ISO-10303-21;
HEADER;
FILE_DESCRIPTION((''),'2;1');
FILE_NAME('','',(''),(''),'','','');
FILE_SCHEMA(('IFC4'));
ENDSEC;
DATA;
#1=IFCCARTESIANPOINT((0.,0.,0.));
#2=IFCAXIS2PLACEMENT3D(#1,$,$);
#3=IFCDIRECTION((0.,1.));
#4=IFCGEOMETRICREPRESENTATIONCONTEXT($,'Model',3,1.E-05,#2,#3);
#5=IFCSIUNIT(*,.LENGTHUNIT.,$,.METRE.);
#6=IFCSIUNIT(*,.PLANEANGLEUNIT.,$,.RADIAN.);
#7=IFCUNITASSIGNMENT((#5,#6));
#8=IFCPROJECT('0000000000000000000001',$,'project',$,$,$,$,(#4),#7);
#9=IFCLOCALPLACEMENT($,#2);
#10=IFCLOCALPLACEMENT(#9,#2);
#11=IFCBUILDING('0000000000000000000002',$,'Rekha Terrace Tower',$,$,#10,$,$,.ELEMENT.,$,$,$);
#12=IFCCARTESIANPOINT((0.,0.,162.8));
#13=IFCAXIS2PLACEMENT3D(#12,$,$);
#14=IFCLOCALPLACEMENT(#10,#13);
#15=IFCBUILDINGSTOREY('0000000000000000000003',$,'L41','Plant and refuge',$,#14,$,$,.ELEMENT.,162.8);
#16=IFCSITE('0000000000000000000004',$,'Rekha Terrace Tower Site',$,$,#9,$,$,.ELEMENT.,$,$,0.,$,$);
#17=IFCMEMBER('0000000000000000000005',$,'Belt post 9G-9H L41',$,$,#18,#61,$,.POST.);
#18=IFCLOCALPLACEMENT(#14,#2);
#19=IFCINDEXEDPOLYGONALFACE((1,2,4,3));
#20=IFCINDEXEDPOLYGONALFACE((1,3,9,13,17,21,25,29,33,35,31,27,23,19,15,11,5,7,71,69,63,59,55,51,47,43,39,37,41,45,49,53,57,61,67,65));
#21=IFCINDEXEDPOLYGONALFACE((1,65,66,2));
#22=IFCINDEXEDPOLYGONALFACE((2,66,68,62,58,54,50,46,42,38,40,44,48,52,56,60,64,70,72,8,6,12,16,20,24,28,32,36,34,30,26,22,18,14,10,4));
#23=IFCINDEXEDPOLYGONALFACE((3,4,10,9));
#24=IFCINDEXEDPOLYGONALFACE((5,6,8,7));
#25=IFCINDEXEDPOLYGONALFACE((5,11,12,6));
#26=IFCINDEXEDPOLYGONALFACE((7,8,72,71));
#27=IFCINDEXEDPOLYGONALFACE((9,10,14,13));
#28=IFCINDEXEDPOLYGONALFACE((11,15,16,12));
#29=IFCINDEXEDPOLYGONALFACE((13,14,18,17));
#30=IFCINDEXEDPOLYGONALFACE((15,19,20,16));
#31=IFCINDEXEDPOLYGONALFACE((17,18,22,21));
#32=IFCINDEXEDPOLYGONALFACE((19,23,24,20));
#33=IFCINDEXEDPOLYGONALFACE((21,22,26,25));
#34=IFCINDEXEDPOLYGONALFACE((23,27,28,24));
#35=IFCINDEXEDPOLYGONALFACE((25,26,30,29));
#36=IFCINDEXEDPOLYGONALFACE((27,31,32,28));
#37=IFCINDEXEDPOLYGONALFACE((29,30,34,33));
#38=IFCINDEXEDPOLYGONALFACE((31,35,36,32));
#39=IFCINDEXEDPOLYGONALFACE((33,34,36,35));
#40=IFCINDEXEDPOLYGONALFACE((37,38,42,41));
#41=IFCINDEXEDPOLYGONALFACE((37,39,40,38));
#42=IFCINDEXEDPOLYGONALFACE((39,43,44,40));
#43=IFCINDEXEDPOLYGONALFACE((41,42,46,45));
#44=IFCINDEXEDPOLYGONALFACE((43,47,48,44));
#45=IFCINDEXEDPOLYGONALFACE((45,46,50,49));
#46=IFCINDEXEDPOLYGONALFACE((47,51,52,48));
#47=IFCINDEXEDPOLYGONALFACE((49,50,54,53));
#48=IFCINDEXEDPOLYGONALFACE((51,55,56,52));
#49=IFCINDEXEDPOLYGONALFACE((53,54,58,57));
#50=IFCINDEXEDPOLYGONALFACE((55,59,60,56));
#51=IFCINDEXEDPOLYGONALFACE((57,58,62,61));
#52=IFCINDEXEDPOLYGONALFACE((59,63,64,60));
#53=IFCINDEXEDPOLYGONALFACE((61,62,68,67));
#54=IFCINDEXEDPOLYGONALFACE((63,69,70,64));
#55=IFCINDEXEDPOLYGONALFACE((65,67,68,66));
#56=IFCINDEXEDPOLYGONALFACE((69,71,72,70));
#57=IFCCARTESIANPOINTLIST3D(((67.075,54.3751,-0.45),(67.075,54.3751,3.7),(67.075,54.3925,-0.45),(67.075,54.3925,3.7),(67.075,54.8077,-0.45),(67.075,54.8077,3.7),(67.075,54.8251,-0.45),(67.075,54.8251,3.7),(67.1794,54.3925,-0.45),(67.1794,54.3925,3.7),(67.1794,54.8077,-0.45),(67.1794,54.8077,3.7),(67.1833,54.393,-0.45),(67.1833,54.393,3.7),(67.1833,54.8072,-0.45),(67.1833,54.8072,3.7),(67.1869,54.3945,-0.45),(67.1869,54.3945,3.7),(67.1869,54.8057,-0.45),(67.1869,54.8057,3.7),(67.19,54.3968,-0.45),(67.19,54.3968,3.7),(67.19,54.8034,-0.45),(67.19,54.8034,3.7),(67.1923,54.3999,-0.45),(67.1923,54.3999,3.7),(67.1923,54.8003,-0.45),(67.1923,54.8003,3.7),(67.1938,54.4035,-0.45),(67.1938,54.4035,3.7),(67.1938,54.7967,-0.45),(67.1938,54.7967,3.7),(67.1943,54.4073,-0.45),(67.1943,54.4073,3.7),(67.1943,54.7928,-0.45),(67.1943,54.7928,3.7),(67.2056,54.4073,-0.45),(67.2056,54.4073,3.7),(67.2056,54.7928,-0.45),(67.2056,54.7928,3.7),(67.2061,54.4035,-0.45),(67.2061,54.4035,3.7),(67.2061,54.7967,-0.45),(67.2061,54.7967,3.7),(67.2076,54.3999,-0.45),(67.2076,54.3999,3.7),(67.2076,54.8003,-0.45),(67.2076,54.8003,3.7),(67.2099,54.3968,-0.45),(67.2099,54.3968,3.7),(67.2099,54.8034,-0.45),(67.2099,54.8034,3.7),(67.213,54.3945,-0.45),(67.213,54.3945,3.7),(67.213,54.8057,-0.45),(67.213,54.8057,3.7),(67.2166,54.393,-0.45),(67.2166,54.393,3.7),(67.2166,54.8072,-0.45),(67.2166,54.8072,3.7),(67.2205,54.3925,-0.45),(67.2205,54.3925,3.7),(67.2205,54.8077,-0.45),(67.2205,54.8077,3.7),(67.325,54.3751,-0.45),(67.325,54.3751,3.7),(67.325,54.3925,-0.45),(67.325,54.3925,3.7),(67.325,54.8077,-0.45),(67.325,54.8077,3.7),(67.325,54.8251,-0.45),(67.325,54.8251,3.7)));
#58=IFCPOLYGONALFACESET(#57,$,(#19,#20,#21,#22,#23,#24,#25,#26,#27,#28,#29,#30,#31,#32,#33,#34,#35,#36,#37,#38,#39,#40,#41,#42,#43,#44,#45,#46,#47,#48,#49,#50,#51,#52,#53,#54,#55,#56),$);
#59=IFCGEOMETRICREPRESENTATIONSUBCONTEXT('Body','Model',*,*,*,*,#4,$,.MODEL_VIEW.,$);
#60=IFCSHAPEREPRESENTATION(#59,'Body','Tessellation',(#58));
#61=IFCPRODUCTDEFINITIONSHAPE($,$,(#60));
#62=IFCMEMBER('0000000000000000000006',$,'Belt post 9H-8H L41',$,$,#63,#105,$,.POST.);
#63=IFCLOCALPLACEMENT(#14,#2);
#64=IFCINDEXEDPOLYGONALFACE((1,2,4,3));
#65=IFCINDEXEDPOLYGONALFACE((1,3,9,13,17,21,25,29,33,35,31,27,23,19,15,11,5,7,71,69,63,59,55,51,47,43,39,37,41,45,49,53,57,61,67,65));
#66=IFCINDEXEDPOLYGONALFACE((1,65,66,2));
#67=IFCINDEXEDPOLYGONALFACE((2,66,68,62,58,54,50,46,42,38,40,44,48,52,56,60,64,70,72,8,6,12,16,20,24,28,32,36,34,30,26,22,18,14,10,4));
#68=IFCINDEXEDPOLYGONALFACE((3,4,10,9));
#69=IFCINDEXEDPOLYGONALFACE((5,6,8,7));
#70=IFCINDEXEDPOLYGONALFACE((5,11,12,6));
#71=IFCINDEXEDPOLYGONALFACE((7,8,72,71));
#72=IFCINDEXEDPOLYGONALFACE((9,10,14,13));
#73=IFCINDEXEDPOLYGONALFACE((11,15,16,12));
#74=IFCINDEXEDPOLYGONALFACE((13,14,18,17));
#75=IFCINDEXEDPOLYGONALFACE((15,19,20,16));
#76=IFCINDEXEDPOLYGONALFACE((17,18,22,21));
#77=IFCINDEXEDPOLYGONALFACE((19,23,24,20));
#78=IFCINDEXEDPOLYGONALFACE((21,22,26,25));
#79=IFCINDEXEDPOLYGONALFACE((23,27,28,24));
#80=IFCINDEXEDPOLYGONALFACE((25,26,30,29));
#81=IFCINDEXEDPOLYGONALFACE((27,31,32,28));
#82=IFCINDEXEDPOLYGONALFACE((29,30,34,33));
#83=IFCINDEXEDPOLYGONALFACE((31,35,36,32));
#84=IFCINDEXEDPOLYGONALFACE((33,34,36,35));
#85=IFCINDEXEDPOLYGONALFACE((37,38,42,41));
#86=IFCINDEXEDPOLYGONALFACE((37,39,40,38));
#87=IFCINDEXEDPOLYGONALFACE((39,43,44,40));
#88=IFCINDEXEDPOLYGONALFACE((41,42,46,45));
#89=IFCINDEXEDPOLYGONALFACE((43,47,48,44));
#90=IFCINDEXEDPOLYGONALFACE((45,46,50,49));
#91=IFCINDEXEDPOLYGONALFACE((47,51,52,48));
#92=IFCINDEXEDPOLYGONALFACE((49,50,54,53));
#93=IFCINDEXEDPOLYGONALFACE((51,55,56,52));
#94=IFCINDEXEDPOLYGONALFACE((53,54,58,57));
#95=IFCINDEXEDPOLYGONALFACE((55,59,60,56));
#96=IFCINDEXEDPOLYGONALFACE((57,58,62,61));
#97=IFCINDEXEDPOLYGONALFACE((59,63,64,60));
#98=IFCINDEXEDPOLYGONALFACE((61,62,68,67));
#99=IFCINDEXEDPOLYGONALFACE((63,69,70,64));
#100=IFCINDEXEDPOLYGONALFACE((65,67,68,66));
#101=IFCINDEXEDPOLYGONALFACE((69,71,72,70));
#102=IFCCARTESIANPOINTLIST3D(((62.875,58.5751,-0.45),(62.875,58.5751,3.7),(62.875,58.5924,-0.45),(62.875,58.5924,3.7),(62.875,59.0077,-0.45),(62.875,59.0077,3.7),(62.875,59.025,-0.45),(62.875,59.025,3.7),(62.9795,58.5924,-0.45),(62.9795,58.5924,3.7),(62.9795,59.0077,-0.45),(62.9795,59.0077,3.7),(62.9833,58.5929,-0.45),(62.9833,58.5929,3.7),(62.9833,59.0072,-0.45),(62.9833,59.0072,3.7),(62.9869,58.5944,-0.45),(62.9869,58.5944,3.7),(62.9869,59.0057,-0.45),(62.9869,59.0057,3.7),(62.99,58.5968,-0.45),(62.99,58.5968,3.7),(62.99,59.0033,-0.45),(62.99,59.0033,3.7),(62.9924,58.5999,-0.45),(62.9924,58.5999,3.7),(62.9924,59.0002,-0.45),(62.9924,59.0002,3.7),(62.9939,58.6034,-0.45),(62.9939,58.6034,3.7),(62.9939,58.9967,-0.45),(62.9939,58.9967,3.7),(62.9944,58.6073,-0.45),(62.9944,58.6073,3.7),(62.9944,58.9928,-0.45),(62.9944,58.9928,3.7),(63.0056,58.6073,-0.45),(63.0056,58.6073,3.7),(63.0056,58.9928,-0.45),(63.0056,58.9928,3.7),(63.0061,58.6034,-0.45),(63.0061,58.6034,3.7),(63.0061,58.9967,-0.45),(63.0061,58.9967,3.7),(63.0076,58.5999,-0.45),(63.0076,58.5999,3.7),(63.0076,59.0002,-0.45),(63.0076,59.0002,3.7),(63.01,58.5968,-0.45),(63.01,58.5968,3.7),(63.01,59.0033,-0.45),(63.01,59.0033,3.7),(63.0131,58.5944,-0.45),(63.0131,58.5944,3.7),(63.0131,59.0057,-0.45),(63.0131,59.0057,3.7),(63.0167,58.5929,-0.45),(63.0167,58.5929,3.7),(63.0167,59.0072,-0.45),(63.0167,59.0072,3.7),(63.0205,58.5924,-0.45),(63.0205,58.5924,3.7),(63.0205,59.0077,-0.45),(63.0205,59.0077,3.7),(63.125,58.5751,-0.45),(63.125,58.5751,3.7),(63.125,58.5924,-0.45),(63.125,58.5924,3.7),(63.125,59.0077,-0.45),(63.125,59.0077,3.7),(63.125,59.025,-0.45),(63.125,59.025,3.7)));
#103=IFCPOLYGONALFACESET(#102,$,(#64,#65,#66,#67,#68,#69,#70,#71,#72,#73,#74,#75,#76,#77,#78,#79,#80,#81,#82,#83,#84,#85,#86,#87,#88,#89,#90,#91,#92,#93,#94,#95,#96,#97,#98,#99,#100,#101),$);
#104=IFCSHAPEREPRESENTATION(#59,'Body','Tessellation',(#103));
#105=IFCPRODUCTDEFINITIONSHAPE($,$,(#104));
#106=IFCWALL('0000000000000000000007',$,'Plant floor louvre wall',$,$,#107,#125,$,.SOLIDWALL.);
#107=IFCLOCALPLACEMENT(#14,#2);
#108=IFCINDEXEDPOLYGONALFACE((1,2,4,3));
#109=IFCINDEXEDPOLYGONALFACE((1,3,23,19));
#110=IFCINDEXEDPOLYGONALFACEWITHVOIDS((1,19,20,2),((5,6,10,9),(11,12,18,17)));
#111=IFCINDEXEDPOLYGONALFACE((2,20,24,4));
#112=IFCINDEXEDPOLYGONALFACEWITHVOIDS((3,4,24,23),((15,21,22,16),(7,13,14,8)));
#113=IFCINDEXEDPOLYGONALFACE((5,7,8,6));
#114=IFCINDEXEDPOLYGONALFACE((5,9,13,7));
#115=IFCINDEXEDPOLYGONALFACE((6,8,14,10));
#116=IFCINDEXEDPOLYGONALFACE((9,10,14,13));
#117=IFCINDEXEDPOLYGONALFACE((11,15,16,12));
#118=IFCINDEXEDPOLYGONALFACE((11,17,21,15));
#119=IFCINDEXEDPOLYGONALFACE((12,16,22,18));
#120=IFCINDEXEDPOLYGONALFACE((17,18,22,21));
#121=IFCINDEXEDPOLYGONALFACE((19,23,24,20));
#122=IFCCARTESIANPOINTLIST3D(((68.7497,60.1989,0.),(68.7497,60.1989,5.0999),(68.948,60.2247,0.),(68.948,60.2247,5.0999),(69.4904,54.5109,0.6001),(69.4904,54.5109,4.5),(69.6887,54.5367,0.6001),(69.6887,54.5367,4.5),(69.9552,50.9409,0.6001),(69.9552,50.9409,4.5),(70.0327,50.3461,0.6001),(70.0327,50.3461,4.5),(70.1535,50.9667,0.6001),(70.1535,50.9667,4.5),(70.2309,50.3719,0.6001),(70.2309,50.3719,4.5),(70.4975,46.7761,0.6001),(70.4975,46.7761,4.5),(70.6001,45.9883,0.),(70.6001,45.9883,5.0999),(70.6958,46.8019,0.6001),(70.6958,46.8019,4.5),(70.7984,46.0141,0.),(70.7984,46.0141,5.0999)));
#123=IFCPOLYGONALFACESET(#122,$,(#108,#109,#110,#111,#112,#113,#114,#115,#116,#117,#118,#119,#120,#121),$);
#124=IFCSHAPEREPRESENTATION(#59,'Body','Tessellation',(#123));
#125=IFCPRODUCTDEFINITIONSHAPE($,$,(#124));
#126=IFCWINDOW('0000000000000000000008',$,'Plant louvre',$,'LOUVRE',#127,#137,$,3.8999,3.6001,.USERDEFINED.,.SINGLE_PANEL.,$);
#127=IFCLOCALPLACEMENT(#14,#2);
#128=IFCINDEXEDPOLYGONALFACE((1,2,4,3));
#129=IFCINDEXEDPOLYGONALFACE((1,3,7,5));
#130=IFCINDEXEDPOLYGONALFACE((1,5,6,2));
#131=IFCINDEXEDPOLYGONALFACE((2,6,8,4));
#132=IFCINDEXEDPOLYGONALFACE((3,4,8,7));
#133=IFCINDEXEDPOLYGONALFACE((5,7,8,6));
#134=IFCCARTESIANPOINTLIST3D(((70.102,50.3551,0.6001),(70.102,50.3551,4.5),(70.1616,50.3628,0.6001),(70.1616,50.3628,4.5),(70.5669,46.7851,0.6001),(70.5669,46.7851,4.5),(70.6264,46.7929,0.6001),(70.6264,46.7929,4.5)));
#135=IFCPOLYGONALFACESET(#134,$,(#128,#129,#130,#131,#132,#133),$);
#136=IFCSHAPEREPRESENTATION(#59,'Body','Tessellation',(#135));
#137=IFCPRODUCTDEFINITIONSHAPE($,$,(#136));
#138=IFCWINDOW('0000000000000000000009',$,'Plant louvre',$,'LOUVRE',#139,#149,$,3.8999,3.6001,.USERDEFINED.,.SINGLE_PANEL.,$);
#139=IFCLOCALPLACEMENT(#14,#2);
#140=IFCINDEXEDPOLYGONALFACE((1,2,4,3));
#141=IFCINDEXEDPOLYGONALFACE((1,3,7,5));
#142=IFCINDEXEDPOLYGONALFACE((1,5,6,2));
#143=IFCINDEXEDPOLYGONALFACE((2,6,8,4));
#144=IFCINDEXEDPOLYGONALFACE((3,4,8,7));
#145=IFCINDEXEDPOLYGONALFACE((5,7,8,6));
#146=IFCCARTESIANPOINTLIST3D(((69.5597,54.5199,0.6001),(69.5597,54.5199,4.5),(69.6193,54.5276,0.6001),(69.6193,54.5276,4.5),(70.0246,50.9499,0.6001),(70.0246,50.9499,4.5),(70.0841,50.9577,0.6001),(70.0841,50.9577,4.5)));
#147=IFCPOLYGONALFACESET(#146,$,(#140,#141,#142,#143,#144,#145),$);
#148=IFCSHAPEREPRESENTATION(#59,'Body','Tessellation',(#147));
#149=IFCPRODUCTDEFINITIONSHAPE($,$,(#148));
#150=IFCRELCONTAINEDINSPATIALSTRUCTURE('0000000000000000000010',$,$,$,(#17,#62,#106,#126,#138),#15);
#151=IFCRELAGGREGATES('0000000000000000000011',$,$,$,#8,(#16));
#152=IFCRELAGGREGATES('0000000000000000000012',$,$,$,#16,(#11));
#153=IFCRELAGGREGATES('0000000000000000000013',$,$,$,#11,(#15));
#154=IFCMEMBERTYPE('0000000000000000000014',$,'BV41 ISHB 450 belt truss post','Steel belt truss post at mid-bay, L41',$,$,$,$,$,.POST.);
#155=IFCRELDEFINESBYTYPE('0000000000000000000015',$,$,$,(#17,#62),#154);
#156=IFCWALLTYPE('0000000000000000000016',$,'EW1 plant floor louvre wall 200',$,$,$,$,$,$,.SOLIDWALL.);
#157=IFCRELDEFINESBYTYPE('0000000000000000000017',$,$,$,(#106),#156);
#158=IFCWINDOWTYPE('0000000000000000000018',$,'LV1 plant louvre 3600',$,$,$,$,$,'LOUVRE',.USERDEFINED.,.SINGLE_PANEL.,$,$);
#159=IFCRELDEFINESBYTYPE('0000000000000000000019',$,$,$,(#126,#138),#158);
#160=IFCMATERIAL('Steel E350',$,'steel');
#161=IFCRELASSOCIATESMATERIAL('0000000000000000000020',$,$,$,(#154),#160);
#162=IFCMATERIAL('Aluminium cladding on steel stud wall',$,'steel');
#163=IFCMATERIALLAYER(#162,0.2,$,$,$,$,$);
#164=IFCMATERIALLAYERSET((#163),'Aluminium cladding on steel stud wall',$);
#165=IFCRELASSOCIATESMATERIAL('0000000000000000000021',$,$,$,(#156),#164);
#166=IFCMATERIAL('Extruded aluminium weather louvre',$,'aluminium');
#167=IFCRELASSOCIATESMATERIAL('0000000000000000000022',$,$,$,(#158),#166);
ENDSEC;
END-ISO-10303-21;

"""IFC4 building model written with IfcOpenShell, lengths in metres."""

from ifc_helpers import new_model, si_unit, direction, frame, frame_2d, origin, origin_2d, place, context, subcontext, project, spatial, rectangle, i_section, extrude, material, layer, layer_set, material_profile, profile_set, type_object, element, fill, save


model = new_model("IFC4")

# Units and contexts
model_context = context("Model", 3, precision=1e-05, world=origin(), true_north=direction((0.0, 1.0)))
body_context = subcontext(model_context, "Body", "Model", "MODEL_VIEW")
ifc_project = project(units=[si_unit("LENGTHUNIT", "METRE"), si_unit("PLANEANGLEUNIT", "RADIAN")], contexts=[model_context])

# Site, building, storey
site_placement = place(None, origin())
site = spatial("IfcSite", under=ifc_project, at=site_placement, Name="Rekha Terrace Tower Site", CompositionType="ELEMENT", RefElevation=0.0)
building_placement = place(site_placement, origin())
building = spatial("IfcBuilding", under=site, at=building_placement, Name="Rekha Terrace Tower", CompositionType="ELEMENT")
storey_placement = place(building_placement, frame((0.0, 0.0, 162.8)))
storey = spatial("IfcBuildingStorey", under=building, at=storey_placement, Name="L41", Description="Plant and refuge", CompositionType="ELEMENT", Elevation=162.8)

# Members
ifc_material_1 = material(Name="Steel E350", Category="steel")
ifc_material_profile_1 = material_profile(ifc_material_1, i_section(OverallWidth=0.25, OverallDepth=0.45, WebThickness=0.0112, FlangeThickness=0.0173, FilletRadius=0.0149, at=origin_2d()), Name="ISHB 450")
ifc_profile_set_1 = profile_set([ifc_material_profile_1], Name="Steel E350")
member_type_1 = type_object("IfcMemberType", Name="BV41 ISHB 450 belt truss post", Description="Steel belt truss post at mid-bay, L41", PredefinedType="POST", material=ifc_profile_set_1)
for number, where, z_axis, x_axis, name in (
    (1, (67.2, 54.6001, -0.45), (0.0, 0.0, 1.0), (1.0, 0.0, 0.0), "Belt post 9G-9H L41"),
    (2, (63.0, 58.8, -0.45), (0.0, 0.0, 1.0), (1.0, 0.0, 0.0), "Belt post 9H-8H L41"),
):
    element("IfcMember", number, at=place(storey_placement, frame(where, z_axis=z_axis, x_axis=x_axis)), inside=storey, type_object=member_type_1, Name=name, PredefinedType="POST", context=body_context, shape_type="SweptSolid", body=[
        extrude(i_section(OverallWidth=0.25, OverallDepth=0.45, WebThickness=0.0112, FlangeThickness=0.0173, FilletRadius=0.0149, at=origin_2d()), origin(), (0.0, 0.0, 1.0), 4.1499),
    ])

# Wall, openings, windows
ifc_material_2 = material(Name="Aluminium cladding on steel stud wall", Category="steel")
ifc_layer_1 = layer(ifc_material_2, 0.2)
ifc_layer_set_1 = layer_set([ifc_layer_1], Name="Aluminium cladding on steel stud wall")
wall_type_1 = type_object("IfcWallType", Name="EW1 plant floor louvre wall 200", PredefinedType="SOLIDWALL", material=ifc_layer_set_1)
wall_1_placement = place(storey_placement, frame((70.6992, 46.0012, 0.0), z_axis=(0.0, 0.0, 1.0), x_axis=(-0.129118, 0.991629, 0.0)))
wall_1 = element("IfcWall", 3, at=wall_1_placement, inside=storey, type_object=wall_type_1, Name="Plant floor louvre wall", PredefinedType="SOLIDWALL", context=body_context, shape_type="SweptSolid", body=[
    extrude(rectangle(XDim=14.3306, YDim=0.2, at=frame_2d((7.1653, 0.0))), origin(), (0.0, 0.0, 1.0), 5.0999),
])
opening_1_placement = place(wall_1_placement, frame((0.7944, 0.0, 0.6001)))
opening_1 = element("IfcOpeningElement", 4, at=opening_1_placement, cuts=wall_1, PredefinedType="OPENING", context=body_context, shape_type="SweptSolid", body=[
    extrude(rectangle(XDim=3.6001, YDim=3.8999, at=frame_2d((1.8, 1.95))), frame((0.0, 0.1099, 0.0), z_axis=(0.0, -1.0, 0.0), x_axis=(1.0, 0.0, 0.0)), (0.0, 0.0, 1.0), 0.22),
])
opening_2_placement = place(wall_1_placement, frame((4.9944, 0.0, 0.6001)))
opening_2 = element("IfcOpeningElement", 5, at=opening_2_placement, cuts=wall_1, PredefinedType="OPENING", context=body_context, shape_type="SweptSolid", body=[
    extrude(rectangle(XDim=3.6001, YDim=3.8999, at=frame_2d((1.8, 1.95))), frame((0.0, 0.1099, 0.0), z_axis=(0.0, -1.0, 0.0), x_axis=(1.0, 0.0, 0.0)), (0.0, 0.0, 1.0), 0.22),
])
ifc_material_3 = material(Name="Extruded aluminium weather louvre", Category="aluminium")
window_type = type_object("IfcWindowType", Name="LV1 plant louvre 3600", ElementType="LOUVRE", PartitioningType="SINGLE_PANEL", PredefinedType="USERDEFINED", material=ifc_material_3)
window_1_placement = place(opening_1_placement, origin())
window_1 = element("IfcWindow", 6, at=window_1_placement, inside=storey, type_object=window_type, Name="Plant louvre", ObjectType="LOUVRE", OverallHeight=3.8999, OverallWidth=3.6001, PartitioningType="SINGLE_PANEL", PredefinedType="USERDEFINED", context=body_context, shape_type="SweptSolid", body=[
    extrude(rectangle(XDim=3.6001, YDim=3.8999, at=frame_2d((1.8, 1.95))), frame((0.0, 0.03, 0.0), z_axis=(0.0, -1.0, 0.0), x_axis=(1.0, 0.0, 0.0)), (0.0, 0.0, 1.0), 0.0601),
])
fill(opening_1, window_1)
window_2_placement = place(opening_2_placement, origin())
window_2 = element("IfcWindow", 7, at=window_2_placement, inside=storey, type_object=window_type, Name="Plant louvre", ObjectType="LOUVRE", OverallHeight=3.8999, OverallWidth=3.6001, PartitioningType="SINGLE_PANEL", PredefinedType="USERDEFINED", context=body_context, shape_type="SweptSolid", body=[
    extrude(rectangle(XDim=3.6001, YDim=3.8999, at=frame_2d((1.8, 1.95))), frame((0.0, 0.03, 0.0), z_axis=(0.0, -1.0, 0.0), x_axis=(1.0, 0.0, 0.0)), (0.0, 0.0, 1.0), 0.0601),
])
fill(opening_2, window_2)

save(model, "model.ifc")
